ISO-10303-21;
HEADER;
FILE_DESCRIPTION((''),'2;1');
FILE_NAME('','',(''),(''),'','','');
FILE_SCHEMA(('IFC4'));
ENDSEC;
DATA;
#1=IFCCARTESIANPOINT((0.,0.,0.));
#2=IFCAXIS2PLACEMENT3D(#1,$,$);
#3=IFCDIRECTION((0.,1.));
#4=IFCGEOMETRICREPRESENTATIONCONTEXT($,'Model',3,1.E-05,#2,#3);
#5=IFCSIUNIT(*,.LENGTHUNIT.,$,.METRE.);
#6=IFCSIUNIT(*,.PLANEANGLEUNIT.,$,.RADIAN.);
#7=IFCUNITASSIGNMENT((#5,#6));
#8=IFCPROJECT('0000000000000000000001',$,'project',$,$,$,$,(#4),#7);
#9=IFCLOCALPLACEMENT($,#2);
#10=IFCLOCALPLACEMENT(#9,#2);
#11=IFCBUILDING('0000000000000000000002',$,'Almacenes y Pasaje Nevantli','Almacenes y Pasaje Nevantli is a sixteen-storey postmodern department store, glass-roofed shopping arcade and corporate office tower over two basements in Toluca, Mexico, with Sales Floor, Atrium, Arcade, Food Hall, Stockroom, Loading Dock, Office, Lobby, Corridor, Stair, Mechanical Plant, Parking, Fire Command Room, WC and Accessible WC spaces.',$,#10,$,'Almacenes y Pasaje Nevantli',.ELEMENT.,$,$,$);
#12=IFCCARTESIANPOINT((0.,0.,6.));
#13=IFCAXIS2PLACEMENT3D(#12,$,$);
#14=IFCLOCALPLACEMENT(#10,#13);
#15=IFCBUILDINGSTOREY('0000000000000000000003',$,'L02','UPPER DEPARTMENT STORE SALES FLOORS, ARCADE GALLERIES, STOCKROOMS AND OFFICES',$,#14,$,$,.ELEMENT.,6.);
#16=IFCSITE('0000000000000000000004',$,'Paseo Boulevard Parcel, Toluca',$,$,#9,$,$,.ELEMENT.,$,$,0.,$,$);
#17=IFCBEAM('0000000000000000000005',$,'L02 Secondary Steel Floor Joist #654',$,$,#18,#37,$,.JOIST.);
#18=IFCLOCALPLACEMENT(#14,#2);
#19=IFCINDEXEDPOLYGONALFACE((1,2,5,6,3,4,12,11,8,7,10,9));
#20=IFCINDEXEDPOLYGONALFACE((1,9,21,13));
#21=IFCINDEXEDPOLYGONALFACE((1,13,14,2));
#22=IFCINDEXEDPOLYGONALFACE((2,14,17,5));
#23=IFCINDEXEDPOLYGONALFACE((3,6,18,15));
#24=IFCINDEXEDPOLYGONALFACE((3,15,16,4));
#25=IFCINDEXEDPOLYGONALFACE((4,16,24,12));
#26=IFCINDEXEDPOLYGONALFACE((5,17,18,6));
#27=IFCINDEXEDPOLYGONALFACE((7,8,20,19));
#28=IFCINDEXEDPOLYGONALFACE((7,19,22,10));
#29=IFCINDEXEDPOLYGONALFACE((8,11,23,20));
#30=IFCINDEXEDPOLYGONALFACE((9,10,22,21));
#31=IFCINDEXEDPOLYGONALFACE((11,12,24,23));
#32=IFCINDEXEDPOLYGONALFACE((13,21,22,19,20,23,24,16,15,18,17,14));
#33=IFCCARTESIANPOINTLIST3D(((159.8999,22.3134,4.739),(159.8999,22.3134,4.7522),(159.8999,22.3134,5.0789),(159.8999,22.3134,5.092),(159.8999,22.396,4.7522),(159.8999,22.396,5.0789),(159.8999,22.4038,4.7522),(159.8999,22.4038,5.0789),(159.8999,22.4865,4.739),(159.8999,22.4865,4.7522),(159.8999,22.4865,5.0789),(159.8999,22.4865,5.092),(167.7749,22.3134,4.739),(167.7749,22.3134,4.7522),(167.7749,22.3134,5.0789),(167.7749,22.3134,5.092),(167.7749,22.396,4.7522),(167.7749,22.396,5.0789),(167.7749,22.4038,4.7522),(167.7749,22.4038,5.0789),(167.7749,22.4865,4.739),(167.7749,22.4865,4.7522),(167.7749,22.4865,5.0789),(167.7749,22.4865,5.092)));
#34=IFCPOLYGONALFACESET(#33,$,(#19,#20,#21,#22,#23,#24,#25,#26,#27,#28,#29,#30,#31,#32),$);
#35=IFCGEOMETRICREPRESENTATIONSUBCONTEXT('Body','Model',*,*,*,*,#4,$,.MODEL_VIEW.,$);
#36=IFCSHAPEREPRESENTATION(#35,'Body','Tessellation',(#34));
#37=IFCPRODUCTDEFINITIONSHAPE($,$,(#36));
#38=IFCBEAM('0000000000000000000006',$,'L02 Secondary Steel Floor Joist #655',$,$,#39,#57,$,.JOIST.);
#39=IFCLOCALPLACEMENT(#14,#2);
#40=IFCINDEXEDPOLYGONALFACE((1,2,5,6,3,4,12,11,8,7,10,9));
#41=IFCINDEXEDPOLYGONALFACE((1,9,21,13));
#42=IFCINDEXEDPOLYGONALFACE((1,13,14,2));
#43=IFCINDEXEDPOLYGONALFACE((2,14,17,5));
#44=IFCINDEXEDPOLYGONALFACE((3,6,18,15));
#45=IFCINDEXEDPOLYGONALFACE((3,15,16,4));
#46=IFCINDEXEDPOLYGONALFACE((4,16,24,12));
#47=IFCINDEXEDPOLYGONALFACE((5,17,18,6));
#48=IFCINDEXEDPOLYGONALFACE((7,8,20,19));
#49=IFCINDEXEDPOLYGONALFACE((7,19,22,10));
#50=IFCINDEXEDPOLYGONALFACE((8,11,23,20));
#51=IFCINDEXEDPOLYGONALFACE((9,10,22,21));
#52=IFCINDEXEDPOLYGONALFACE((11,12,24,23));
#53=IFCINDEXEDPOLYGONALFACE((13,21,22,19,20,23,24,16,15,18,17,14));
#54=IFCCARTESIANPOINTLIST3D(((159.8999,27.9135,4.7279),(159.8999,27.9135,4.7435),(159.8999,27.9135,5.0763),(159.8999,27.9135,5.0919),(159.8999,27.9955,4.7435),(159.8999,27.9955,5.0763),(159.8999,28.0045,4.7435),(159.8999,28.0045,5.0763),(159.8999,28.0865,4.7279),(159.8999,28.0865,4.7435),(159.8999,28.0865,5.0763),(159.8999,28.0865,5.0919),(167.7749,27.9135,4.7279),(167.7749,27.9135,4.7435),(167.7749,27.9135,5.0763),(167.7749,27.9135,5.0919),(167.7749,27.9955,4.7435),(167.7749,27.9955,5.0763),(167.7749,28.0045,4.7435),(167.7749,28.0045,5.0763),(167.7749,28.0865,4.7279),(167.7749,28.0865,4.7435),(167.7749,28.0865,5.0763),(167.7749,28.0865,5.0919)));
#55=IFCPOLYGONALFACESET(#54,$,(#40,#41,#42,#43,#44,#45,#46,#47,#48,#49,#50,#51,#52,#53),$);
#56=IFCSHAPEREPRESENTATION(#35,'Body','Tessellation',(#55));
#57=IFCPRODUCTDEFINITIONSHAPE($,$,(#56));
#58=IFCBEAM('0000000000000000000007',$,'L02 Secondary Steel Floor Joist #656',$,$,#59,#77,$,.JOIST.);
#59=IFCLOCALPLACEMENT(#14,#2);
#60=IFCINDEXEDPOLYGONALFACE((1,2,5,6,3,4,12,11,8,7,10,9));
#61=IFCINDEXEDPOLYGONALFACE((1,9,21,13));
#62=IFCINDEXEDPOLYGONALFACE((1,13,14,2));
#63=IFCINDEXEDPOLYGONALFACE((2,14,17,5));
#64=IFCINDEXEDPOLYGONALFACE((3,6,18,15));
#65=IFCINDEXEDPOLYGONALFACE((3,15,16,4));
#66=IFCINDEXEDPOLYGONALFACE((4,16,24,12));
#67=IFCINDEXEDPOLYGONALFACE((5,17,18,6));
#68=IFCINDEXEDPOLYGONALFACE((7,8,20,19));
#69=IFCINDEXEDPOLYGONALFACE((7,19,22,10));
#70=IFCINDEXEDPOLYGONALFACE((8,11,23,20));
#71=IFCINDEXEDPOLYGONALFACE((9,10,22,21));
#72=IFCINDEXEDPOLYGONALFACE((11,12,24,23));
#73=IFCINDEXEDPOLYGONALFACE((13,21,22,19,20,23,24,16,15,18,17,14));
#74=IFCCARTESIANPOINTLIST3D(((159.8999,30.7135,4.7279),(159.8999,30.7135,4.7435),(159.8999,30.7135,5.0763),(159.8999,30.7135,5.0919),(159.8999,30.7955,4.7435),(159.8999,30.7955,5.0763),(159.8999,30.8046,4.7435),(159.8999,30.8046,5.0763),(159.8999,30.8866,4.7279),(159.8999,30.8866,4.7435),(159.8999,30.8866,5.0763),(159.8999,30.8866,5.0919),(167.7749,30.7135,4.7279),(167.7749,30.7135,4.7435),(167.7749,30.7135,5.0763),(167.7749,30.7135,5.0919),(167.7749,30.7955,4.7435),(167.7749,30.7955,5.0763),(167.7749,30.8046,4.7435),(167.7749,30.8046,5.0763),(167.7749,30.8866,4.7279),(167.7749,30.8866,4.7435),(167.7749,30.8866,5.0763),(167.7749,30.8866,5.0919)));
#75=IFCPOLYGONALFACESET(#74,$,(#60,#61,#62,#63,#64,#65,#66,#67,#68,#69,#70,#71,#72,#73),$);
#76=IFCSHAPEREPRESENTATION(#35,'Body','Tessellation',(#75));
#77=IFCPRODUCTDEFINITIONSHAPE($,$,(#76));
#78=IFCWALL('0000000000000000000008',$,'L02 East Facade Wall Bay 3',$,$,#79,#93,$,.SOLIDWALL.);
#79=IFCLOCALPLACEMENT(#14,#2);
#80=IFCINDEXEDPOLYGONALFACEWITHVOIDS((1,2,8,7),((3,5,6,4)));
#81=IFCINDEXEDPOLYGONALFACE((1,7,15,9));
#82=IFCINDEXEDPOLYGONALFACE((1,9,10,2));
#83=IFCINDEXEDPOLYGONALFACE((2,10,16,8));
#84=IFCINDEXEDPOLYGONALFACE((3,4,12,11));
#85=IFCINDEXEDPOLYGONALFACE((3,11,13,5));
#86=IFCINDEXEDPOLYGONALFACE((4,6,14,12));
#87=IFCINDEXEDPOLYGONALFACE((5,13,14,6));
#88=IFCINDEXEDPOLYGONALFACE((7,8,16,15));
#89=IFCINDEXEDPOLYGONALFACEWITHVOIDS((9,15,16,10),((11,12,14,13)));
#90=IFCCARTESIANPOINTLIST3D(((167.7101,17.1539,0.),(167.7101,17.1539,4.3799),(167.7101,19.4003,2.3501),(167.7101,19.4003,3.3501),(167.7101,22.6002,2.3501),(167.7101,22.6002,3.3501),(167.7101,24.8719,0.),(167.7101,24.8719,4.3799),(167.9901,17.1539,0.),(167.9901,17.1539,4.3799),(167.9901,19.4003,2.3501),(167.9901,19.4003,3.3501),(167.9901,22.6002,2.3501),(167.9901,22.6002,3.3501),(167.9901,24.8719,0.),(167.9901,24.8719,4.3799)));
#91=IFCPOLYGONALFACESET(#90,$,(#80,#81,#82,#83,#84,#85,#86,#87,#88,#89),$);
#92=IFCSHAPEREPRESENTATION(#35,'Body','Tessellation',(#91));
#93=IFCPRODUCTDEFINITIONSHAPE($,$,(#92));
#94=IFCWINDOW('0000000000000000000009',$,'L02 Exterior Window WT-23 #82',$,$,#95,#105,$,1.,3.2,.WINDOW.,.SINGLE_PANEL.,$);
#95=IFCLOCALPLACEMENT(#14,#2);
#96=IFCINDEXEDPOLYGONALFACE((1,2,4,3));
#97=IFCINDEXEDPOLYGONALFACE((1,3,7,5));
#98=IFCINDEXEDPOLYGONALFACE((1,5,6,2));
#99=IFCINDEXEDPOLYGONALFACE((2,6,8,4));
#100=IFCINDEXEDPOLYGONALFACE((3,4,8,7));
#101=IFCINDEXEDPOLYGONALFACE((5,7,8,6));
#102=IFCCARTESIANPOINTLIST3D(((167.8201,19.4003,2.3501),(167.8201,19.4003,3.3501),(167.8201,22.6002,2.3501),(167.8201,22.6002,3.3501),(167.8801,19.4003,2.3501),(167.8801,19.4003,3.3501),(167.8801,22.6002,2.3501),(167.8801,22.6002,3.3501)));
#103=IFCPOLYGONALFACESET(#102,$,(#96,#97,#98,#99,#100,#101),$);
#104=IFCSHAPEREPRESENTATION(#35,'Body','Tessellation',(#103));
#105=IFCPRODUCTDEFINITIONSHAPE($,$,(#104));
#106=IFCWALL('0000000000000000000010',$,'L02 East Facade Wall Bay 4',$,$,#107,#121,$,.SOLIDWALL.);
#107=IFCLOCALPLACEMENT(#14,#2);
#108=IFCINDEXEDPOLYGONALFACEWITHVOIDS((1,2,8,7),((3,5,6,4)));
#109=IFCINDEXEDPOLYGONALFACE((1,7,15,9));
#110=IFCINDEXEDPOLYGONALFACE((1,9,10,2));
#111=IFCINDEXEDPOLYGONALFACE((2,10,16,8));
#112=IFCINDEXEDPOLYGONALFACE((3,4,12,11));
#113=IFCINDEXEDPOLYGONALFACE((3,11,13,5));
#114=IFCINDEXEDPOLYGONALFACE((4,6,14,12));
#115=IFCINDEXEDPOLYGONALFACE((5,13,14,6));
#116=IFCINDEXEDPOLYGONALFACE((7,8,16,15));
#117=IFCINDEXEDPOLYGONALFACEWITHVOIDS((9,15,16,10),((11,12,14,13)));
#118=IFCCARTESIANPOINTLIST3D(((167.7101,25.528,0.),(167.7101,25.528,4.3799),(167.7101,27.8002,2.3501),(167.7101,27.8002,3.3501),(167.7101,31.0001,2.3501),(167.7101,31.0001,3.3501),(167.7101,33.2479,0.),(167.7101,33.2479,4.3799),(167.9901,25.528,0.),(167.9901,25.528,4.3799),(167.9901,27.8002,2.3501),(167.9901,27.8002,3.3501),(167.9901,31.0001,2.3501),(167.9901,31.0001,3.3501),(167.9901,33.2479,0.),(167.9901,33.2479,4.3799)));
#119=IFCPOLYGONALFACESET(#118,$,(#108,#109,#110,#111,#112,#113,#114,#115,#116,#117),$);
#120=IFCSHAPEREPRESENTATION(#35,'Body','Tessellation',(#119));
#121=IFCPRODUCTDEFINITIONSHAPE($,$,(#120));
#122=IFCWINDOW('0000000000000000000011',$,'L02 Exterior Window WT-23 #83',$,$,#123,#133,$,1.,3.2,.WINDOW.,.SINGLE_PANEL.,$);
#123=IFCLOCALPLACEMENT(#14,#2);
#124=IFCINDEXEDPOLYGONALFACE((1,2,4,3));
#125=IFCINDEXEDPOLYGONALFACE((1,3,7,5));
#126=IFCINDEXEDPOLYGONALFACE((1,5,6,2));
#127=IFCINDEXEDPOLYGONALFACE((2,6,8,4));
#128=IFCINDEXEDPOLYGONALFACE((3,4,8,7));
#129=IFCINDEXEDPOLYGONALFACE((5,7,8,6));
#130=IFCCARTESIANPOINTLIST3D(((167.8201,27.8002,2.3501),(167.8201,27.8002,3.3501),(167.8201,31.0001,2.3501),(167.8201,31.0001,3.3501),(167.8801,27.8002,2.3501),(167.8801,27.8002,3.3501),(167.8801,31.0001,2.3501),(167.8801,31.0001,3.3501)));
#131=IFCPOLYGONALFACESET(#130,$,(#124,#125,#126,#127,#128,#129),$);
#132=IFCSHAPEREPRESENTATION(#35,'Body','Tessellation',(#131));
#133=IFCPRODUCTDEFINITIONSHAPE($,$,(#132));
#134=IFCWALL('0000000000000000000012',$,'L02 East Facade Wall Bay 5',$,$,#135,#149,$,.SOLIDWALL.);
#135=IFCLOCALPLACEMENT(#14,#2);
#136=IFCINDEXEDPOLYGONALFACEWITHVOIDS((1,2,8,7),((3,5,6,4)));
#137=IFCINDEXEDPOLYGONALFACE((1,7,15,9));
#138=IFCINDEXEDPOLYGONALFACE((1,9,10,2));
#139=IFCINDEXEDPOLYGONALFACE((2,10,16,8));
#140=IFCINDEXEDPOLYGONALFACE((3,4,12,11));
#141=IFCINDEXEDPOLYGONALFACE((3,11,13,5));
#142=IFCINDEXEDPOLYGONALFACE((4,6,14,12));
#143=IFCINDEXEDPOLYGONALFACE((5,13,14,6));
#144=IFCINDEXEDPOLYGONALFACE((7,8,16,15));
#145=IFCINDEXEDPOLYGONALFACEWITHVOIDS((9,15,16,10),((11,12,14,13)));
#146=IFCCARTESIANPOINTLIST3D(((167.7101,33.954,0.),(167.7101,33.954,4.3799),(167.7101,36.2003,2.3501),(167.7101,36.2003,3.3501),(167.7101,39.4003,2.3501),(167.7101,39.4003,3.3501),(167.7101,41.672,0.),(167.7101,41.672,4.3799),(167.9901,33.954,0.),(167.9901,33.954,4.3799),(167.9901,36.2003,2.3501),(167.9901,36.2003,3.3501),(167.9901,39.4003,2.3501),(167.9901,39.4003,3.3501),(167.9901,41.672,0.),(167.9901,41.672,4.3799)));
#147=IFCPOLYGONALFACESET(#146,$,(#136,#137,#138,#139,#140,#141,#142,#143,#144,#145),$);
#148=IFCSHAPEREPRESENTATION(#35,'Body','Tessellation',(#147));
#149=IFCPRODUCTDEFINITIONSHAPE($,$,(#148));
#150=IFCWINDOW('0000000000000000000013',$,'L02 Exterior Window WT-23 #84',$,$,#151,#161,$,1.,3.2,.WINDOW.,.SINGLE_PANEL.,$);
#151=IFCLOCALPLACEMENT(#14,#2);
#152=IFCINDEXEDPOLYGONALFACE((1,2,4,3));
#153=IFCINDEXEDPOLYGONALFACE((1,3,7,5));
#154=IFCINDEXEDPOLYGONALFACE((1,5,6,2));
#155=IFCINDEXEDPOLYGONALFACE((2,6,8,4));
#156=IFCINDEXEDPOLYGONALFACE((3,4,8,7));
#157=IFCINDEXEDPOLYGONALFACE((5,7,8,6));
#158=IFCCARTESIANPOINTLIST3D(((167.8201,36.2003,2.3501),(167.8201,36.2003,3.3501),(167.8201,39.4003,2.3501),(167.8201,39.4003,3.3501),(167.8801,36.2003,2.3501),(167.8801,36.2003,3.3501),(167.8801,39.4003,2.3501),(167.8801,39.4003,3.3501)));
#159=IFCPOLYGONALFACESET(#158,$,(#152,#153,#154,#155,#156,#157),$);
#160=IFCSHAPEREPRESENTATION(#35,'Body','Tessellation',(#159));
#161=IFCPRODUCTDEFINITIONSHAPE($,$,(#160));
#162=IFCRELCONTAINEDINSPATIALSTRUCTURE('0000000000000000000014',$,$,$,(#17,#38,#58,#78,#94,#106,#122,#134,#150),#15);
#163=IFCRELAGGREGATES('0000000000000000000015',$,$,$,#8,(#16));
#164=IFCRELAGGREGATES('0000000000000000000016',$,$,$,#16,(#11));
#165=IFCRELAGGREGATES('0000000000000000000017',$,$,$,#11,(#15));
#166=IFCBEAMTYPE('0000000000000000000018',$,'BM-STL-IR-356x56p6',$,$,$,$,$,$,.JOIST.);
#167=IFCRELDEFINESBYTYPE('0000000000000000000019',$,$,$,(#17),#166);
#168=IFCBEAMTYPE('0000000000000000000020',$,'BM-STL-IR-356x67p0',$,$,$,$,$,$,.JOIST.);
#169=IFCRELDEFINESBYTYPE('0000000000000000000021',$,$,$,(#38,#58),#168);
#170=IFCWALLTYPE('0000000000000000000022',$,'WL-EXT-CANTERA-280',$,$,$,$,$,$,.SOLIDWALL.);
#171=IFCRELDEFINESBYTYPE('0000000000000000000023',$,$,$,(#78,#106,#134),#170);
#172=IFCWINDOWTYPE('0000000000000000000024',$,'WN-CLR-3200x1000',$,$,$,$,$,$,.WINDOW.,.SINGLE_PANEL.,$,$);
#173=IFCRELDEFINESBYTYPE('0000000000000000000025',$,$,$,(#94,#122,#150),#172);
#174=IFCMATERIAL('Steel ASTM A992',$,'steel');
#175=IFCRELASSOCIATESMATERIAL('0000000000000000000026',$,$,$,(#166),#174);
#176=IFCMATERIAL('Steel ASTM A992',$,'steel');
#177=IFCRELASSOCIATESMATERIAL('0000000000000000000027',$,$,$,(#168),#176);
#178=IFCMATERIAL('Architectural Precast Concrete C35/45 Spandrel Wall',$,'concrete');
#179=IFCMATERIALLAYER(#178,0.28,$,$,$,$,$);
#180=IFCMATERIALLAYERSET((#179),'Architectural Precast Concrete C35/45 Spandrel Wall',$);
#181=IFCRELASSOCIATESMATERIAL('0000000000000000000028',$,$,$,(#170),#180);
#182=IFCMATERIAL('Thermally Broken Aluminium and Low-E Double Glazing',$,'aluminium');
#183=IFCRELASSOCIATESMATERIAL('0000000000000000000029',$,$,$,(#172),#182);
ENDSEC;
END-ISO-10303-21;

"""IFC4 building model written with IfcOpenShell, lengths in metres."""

from ifc_helpers import new_model, si_unit, direction, frame, frame_2d, origin, origin_2d, place, context, subcontext, project, spatial, rectangle, i_section, extrude, material, layer, layer_set, material_profile, profile_set, type_object, element, fill, save


model = new_model("IFC4")

# Units and contexts
model_context = context("Model", 3, precision=1e-05, world=origin(), true_north=direction((0.0, 1.0)))
body_context = subcontext(model_context, "Body", "Model", "MODEL_VIEW")
ifc_project = project(units=[si_unit("LENGTHUNIT", "METRE"), si_unit("PLANEANGLEUNIT", "RADIAN")], contexts=[model_context])

# Site, building, storey
site_placement = place(None, origin())
site = spatial("IfcSite", under=ifc_project, at=site_placement, Name="Paseo Boulevard Parcel, Toluca", CompositionType="ELEMENT", RefElevation=0.0)
building_placement = place(site_placement, origin())
building = spatial("IfcBuilding", under=site, at=building_placement, Name="Almacenes y Pasaje Nevantli", Description="Almacenes y Pasaje Nevantli is a sixteen-storey postmodern department store, glass-roofed shopping arcade and corporate office tower over two basements in Toluca, Mexico, with Sales Floor, Atrium, Arcade, Food Hall, Stockroom, Loading Dock, Office, Lobby, Corridor, Stair, Mechanical Plant, Parking, Fire Command Room, WC and Accessible WC spaces.", LongName="Almacenes y Pasaje Nevantli", CompositionType="ELEMENT")
storey_placement = place(building_placement, frame((0.0, 0.0, 6.0)))
storey = spatial("IfcBuildingStorey", under=building, at=storey_placement, Name="L02", Description="UPPER DEPARTMENT STORE SALES FLOORS, ARCADE GALLERIES, STOCKROOMS AND OFFICES", CompositionType="ELEMENT", Elevation=6.0)

# Beams
ifc_material_1 = material(Name="Steel ASTM A992", Category="steel")
ifc_material_profile_1 = material_profile(ifc_material_1, i_section(OverallWidth=0.1731, OverallDepth=0.353, WebThickness=0.0078, FlangeThickness=0.0132, at=origin_2d()), Name="IR 356x56.6")
ifc_profile_set_1 = profile_set([ifc_material_profile_1], Name="Steel ASTM A992")
beam_type_1 = type_object("IfcBeamType", Name="BM-STL-IR-356x56p6", PredefinedType="JOIST", material=ifc_profile_set_1)
for number, where, z_axis, x_axis, name in (
    (1, (159.8999, 22.3999, 4.9155), (1.0, 0.0, 0.0), (0.0, 1.0, 0.0), "L02 Secondary Steel Floor Joist #654"),
):
    element("IfcBeam", number, at=place(storey_placement, frame(where, z_axis=z_axis, x_axis=x_axis)), inside=storey, type_object=beam_type_1, Name=name, PredefinedType="JOIST", context=body_context, shape_type="SweptSolid", body=[
        extrude(i_section(OverallWidth=0.1731, OverallDepth=0.353, WebThickness=0.0078, FlangeThickness=0.0132, at=origin_2d()), origin(), (0.0, 0.0, 1.0), 7.875),
    ])
ifc_material_2 = material(Name="Steel ASTM A992", Category="steel")
ifc_material_profile_2 = material_profile(ifc_material_2, i_section(OverallWidth=0.1731, OverallDepth=0.364, WebThickness=0.009, FlangeThickness=0.0156, at=origin_2d()), Name="IR 356x67.0")
ifc_profile_set_2 = profile_set([ifc_material_profile_2], Name="Steel ASTM A992")
beam_type_2 = type_object("IfcBeamType", Name="BM-STL-IR-356x67p0", PredefinedType="JOIST", material=ifc_profile_set_2)
for number, where, z_axis, x_axis, name in (
    (2, (159.8999, 28.0, 4.9099), (1.0, 0.0, 0.0), (0.0, 1.0, 0.0), "L02 Secondary Steel Floor Joist #655"),
    (3, (159.8999, 30.8, 4.9099), (1.0, 0.0, 0.0), (0.0, 1.0, 0.0), "L02 Secondary Steel Floor Joist #656"),
):
    element("IfcBeam", number, at=place(storey_placement, frame(where, z_axis=z_axis, x_axis=x_axis)), inside=storey, type_object=beam_type_2, Name=name, PredefinedType="JOIST", context=body_context, shape_type="SweptSolid", body=[
        extrude(i_section(OverallWidth=0.1731, OverallDepth=0.364, WebThickness=0.009, FlangeThickness=0.0156, at=origin_2d()), origin(), (0.0, 0.0, 1.0), 7.875),
    ])

# Walls, openings, windows
ifc_material_3 = material(Name="Architectural Precast Concrete C35/45 Spandrel Wall", Category="concrete")
ifc_layer = layer(ifc_material_3, 0.28)
ifc_layer_set = layer_set([ifc_layer], Name="Architectural Precast Concrete C35/45 Spandrel Wall")
wall_type = type_object("IfcWallType", Name="WL-EXT-CANTERA-280", PredefinedType="SOLIDWALL", material=ifc_layer_set)
wall_1_placement = place(storey_placement, frame((167.8501, 17.1541, 0.0), z_axis=(0.0, 0.0, 1.0), x_axis=(0.0, 1.0, 0.0)))
wall_1 = element("IfcWall", 4, at=wall_1_placement, inside=storey, type_object=wall_type, Name="L02 East Facade Wall Bay 3", PredefinedType="SOLIDWALL", context=body_context, shape_type="SweptSolid", body=[
    extrude(rectangle(XDim=7.718, YDim=0.28, at=frame_2d((3.8589, 0.0))), origin(), (0.0, 0.0, 1.0), 4.3799),
])
opening_1_placement = place(wall_1_placement, frame((2.2461, 0.0, 2.3501)))
opening_1 = element("IfcOpeningElement", 5, at=opening_1_placement, cuts=wall_1, PredefinedType="OPENING", context=body_context, shape_type="SweptSolid", body=[
    extrude(rectangle(XDim=3.2, YDim=1.0, at=frame_2d((1.6001, 0.5))), frame((0.0, 0.1499, 0.0), z_axis=(0.0, -1.0, 0.0), x_axis=(1.0, 0.0, 0.0)), (0.0, 0.0, 1.0), 0.3),
])
ifc_material_4 = material(Name="Thermally Broken Aluminium and Low-E Double Glazing", Category="aluminium")
window_type = type_object("IfcWindowType", Name="WN-CLR-3200x1000", PartitioningType="SINGLE_PANEL", PredefinedType="WINDOW", material=ifc_material_4)
window_1_placement = place(opening_1_placement, origin())
window_1 = element("IfcWindow", 6, at=window_1_placement, inside=storey, type_object=window_type, Name="L02 Exterior Window WT-23 #82", OverallHeight=1.0, OverallWidth=3.2, PartitioningType="SINGLE_PANEL", PredefinedType="WINDOW", context=body_context, shape_type="SweptSolid", body=[
    extrude(rectangle(XDim=3.2, YDim=1.0, at=frame_2d((1.6001, 0.5))), frame((0.0, 0.03, 0.0), z_axis=(0.0, -1.0, 0.0), x_axis=(1.0, 0.0, 0.0)), (0.0, 0.0, 1.0), 0.0601),
])
fill(opening_1, window_1)
wall_2_placement = place(storey_placement, frame((167.8501, 25.5281, 0.0), z_axis=(0.0, 0.0, 1.0), x_axis=(0.0, 1.0, 0.0)))
wall_2 = element("IfcWall", 7, at=wall_2_placement, inside=storey, type_object=wall_type, Name="L02 East Facade Wall Bay 4", PredefinedType="SOLIDWALL", context=body_context, shape_type="SweptSolid", body=[
    extrude(rectangle(XDim=7.72, YDim=0.28, at=frame_2d((3.8599, 0.0))), origin(), (0.0, 0.0, 1.0), 4.3799),
])
opening_2_placement = place(wall_2_placement, frame((2.272, 0.0, 2.3501)))
opening_2 = element("IfcOpeningElement", 8, at=opening_2_placement, cuts=wall_2, PredefinedType="OPENING", context=body_context, shape_type="SweptSolid", body=[
    extrude(rectangle(XDim=3.2, YDim=1.0, at=frame_2d((1.6001, 0.5))), frame((0.0, 0.1499, 0.0), z_axis=(0.0, -1.0, 0.0), x_axis=(1.0, 0.0, 0.0)), (0.0, 0.0, 1.0), 0.3),
])
window_2_placement = place(opening_2_placement, origin())
window_2 = element("IfcWindow", 9, at=window_2_placement, inside=storey, type_object=window_type, Name="L02 Exterior Window WT-23 #83", OverallHeight=1.0, OverallWidth=3.2, PartitioningType="SINGLE_PANEL", PredefinedType="WINDOW", context=body_context, shape_type="SweptSolid", body=[
    extrude(rectangle(XDim=3.2, YDim=1.0, at=frame_2d((1.6001, 0.5))), frame((0.0, 0.03, 0.0), z_axis=(0.0, -1.0, 0.0), x_axis=(1.0, 0.0, 0.0)), (0.0, 0.0, 1.0), 0.0601),
])
fill(opening_2, window_2)
wall_3_placement = place(storey_placement, frame((167.8501, 33.9541, 0.0), z_axis=(0.0, 0.0, 1.0), x_axis=(0.0, 1.0, 0.0)))
wall_3 = element("IfcWall", 10, at=wall_3_placement, inside=storey, type_object=wall_type, Name="L02 East Facade Wall Bay 5", PredefinedType="SOLIDWALL", context=body_context, shape_type="SweptSolid", body=[
    extrude(rectangle(XDim=7.718, YDim=0.28, at=frame_2d((3.8589, 0.0))), origin(), (0.0, 0.0, 1.0), 4.3799),
])
opening_3_placement = place(wall_3_placement, frame((2.2461, 0.0, 2.3501)))
opening_3 = element("IfcOpeningElement", 11, at=opening_3_placement, cuts=wall_3, PredefinedType="OPENING", context=body_context, shape_type="SweptSolid", body=[
    extrude(rectangle(XDim=3.2, YDim=1.0, at=frame_2d((1.6001, 0.5))), frame((0.0, 0.1499, 0.0), z_axis=(0.0, -1.0, 0.0), x_axis=(1.0, 0.0, 0.0)), (0.0, 0.0, 1.0), 0.3),
])
window_3_placement = place(opening_3_placement, origin())
window_3 = element("IfcWindow", 12, at=window_3_placement, inside=storey, type_object=window_type, Name="L02 Exterior Window WT-23 #84", OverallHeight=1.0, OverallWidth=3.2, PartitioningType="SINGLE_PANEL", PredefinedType="WINDOW", context=body_context, shape_type="SweptSolid", body=[
    extrude(rectangle(XDim=3.2, YDim=1.0, at=frame_2d((1.6001, 0.5))), frame((0.0, 0.03, 0.0), z_axis=(0.0, -1.0, 0.0), x_axis=(1.0, 0.0, 0.0)), (0.0, 0.0, 1.0), 0.0601),
])
fill(opening_3, window_3)

save(model, "model.ifc")
